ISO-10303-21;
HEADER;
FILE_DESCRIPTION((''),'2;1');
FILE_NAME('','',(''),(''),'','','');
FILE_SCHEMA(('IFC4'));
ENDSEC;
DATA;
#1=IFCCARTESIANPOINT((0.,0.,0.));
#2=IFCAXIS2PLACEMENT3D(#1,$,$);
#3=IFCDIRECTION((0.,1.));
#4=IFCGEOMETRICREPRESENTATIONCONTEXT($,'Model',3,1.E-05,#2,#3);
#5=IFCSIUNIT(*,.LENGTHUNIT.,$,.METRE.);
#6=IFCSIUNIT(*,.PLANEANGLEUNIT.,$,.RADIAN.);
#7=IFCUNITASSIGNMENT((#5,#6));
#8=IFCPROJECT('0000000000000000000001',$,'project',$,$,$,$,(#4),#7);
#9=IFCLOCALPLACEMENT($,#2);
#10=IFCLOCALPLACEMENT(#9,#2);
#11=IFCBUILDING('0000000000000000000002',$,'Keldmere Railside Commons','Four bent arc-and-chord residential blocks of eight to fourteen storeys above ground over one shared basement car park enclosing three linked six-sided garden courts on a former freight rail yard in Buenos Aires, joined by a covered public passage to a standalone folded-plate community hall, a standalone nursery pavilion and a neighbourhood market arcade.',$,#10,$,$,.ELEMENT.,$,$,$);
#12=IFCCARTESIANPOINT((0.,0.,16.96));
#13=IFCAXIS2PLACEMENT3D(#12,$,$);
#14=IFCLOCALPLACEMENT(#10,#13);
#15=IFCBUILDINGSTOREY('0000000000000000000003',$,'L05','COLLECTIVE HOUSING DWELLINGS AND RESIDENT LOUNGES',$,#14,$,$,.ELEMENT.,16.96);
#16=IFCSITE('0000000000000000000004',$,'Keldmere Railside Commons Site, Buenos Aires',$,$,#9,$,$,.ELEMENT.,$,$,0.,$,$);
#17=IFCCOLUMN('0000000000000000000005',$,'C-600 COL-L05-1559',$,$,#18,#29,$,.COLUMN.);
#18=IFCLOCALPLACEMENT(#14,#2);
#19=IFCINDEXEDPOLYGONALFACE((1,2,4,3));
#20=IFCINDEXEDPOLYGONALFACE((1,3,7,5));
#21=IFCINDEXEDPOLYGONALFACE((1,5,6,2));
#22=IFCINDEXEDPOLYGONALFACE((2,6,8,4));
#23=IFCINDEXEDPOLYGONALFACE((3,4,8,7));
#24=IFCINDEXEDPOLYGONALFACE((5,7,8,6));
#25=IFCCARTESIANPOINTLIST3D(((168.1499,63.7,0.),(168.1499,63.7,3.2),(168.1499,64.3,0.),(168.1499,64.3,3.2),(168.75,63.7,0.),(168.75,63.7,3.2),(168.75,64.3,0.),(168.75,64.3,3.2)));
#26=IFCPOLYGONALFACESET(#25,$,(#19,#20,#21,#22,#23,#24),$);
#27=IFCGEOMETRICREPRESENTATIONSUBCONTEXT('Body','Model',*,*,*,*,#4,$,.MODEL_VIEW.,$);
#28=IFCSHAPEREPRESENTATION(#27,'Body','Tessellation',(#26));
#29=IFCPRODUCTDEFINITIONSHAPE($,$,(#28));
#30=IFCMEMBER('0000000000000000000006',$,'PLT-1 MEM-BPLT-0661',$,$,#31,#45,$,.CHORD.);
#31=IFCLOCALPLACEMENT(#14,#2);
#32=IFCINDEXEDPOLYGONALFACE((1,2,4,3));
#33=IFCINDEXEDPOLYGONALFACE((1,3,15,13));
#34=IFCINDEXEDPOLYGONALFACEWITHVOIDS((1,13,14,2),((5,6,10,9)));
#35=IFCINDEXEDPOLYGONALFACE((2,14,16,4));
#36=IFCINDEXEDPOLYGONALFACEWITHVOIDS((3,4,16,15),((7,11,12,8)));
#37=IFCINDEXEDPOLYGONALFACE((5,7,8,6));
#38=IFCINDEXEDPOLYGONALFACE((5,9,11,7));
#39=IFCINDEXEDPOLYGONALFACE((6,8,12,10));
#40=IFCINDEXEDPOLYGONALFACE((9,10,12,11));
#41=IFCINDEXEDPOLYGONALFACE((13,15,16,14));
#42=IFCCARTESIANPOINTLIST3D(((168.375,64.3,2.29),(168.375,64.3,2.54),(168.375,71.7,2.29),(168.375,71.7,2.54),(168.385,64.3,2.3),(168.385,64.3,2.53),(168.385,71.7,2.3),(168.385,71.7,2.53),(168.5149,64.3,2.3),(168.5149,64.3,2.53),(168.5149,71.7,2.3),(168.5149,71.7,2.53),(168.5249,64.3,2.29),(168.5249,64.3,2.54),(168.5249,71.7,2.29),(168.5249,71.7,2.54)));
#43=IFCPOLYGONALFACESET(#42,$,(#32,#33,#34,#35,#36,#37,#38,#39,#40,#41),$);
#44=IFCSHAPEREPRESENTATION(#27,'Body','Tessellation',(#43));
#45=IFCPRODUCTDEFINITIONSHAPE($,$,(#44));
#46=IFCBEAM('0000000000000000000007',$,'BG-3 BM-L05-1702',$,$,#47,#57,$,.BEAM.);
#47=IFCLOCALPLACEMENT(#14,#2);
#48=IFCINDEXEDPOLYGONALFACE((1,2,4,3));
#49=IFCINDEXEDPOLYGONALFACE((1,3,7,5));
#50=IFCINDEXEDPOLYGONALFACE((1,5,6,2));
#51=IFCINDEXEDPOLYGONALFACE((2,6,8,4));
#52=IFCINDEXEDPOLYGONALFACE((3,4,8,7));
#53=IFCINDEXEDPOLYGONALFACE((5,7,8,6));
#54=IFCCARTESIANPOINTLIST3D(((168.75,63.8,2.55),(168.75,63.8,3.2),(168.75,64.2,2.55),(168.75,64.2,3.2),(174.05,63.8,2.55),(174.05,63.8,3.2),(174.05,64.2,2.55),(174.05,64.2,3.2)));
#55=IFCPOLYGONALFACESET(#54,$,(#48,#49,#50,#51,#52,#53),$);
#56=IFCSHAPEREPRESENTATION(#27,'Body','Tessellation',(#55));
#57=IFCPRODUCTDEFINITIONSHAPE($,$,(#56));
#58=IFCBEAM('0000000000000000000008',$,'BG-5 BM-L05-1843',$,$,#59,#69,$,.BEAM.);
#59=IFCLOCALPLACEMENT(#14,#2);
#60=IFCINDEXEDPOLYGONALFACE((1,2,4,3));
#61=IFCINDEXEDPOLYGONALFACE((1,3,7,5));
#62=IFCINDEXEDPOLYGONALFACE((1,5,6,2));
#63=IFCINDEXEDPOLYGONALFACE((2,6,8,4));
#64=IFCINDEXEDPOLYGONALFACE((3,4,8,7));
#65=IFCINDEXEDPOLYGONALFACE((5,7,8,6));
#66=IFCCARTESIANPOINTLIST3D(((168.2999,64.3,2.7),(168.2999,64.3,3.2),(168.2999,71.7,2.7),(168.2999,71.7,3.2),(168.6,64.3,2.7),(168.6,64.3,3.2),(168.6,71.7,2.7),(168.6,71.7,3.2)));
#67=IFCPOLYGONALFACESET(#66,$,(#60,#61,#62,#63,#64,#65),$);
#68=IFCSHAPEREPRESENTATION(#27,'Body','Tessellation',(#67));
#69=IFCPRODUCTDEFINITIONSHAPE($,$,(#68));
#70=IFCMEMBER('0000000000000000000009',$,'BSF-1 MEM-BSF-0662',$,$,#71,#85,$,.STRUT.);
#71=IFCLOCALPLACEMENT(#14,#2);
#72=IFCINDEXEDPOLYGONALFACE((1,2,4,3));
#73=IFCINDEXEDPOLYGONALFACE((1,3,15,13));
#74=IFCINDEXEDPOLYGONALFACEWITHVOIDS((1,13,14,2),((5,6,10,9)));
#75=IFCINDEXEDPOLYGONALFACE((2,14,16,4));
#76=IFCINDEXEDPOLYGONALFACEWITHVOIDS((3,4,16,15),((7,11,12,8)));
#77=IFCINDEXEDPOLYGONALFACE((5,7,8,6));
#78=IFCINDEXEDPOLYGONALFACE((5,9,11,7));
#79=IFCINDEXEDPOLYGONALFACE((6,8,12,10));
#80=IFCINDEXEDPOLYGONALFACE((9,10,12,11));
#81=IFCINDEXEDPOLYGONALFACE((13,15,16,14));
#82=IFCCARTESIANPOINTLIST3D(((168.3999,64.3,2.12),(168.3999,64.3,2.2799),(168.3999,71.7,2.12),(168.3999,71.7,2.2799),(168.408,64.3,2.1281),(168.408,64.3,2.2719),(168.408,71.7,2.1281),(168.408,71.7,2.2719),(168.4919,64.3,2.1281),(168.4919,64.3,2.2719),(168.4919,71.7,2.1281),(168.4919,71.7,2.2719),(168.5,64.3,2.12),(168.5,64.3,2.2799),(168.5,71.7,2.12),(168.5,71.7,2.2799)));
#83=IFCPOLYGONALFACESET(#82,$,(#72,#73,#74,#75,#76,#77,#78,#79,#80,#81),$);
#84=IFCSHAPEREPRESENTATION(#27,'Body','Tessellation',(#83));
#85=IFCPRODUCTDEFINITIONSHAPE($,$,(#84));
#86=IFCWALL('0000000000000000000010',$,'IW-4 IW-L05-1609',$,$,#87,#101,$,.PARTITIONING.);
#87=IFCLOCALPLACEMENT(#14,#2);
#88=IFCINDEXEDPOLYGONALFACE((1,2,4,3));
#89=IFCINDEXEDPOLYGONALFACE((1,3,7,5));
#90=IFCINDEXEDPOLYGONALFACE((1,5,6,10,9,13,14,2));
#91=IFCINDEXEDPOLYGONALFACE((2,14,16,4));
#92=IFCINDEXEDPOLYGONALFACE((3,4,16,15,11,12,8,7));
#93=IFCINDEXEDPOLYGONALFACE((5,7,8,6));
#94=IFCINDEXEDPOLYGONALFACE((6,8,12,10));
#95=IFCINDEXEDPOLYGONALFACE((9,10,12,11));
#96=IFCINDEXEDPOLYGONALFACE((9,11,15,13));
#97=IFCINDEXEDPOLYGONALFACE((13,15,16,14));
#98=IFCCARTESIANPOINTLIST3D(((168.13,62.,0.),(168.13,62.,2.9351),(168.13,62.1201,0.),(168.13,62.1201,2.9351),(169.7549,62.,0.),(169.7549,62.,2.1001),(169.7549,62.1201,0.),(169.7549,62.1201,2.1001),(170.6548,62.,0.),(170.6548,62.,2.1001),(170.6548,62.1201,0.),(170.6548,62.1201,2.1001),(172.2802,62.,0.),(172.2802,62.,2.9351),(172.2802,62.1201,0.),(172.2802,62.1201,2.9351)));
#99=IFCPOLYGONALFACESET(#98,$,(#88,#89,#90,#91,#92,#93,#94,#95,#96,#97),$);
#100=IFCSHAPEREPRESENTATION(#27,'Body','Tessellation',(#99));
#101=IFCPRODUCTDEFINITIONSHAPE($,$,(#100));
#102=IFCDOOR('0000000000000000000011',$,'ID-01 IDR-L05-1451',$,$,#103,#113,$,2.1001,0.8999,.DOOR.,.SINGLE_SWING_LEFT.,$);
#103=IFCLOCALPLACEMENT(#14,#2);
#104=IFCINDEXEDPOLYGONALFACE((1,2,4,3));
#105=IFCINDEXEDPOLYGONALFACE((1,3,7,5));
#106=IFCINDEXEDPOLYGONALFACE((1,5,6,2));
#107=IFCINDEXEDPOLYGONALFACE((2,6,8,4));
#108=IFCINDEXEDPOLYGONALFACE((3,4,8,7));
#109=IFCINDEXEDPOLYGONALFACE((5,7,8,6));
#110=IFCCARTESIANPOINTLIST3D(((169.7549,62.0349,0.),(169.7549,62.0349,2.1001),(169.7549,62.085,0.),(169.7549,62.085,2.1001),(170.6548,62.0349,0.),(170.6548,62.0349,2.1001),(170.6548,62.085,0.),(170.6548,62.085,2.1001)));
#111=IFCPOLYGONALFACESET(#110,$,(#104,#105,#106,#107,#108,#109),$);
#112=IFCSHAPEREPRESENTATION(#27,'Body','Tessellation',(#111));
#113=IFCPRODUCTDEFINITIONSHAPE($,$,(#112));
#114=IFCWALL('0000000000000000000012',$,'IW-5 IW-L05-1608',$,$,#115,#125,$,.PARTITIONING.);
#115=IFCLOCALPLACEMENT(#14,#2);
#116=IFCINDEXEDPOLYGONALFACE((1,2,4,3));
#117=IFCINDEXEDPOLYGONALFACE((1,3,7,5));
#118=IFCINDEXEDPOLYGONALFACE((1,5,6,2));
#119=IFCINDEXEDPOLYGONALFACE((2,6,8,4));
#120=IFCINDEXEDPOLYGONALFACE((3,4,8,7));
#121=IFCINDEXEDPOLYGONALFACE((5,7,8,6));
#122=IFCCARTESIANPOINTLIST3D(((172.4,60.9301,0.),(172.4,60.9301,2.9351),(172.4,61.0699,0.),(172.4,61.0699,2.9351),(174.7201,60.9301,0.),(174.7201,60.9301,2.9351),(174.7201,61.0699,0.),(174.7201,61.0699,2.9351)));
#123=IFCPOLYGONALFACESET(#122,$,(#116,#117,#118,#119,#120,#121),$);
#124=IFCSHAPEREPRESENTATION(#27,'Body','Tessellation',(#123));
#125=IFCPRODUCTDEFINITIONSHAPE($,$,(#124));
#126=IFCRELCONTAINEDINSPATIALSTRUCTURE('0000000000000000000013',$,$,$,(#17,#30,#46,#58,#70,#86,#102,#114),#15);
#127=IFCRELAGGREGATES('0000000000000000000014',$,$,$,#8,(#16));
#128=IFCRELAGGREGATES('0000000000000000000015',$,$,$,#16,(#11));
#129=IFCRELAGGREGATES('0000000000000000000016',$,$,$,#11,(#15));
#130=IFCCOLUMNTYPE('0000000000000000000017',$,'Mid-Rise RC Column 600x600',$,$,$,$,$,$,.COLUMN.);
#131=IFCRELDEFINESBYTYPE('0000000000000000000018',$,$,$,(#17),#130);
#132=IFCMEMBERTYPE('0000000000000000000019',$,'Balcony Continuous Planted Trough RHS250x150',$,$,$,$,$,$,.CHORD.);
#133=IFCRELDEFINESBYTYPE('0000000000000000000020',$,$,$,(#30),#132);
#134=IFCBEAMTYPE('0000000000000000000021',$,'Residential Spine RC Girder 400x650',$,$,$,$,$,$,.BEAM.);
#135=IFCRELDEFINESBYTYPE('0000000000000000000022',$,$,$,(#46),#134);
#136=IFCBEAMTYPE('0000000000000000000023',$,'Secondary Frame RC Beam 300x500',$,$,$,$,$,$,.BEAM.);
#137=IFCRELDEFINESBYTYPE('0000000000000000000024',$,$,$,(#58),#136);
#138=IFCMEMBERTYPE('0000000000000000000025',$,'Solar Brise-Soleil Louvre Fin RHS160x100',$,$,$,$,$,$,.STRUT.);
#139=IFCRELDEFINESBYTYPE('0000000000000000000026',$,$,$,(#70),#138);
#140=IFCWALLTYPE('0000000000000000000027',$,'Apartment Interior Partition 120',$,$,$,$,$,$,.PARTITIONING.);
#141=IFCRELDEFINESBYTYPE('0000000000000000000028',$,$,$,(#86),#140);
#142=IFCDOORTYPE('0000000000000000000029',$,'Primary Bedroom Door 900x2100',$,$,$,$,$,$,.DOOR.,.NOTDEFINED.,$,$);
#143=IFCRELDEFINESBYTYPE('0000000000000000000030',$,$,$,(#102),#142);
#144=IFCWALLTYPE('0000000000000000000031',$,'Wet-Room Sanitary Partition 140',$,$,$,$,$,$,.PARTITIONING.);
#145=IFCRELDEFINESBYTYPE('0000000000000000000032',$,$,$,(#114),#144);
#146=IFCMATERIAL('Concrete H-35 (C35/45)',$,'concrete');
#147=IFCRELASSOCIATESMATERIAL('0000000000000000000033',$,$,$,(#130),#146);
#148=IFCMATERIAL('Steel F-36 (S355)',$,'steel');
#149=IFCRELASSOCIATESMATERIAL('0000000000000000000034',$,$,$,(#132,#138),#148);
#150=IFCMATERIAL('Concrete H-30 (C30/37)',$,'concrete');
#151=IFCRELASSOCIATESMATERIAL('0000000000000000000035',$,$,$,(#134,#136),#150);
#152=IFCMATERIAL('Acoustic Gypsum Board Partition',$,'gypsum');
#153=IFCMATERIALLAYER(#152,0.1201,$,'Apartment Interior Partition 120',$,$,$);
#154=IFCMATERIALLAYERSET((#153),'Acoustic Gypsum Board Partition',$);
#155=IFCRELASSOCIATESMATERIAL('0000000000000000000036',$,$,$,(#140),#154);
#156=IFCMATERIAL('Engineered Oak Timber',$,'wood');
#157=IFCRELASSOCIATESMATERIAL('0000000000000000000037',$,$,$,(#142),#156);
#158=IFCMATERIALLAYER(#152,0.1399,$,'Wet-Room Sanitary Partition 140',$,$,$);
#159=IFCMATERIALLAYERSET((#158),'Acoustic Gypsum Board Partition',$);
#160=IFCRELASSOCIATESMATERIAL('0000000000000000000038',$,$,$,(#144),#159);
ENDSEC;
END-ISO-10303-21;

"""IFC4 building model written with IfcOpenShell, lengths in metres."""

from ifc_helpers import new_model, si_unit, direction, frame, frame_2d, origin, origin_2d, place, context, subcontext, project, spatial, rectangle, hollow_rectangle, extrude, material, layer, layer_set, material_profile, profile_set, type_object, element, fill, save


model = new_model("IFC4")

# Units and contexts
model_context = context("Model", 3, precision=1e-05, world=origin(), true_north=direction((0.0, 1.0)))
body_context = subcontext(model_context, "Body", "Model", "MODEL_VIEW")
ifc_project = project(units=[si_unit("LENGTHUNIT", "METRE"), si_unit("PLANEANGLEUNIT", "RADIAN")], contexts=[model_context])

# Site, building, storey
site_placement = place(None, origin())
site = spatial("IfcSite", under=ifc_project, at=site_placement, Name="Keldmere Railside Commons Site, Buenos Aires", CompositionType="ELEMENT", RefElevation=0.0)
building_placement = place(site_placement, origin())
building = spatial("IfcBuilding", under=site, at=building_placement, Name="Keldmere Railside Commons", Description="Four bent arc-and-chord residential blocks of eight to fourteen storeys above ground over one shared basement car park enclosing three linked six-sided garden courts on a former freight rail yard in Buenos Aires, joined by a covered public passage to a standalone folded-plate community hall, a standalone nursery pavilion and a neighbourhood market arcade.", CompositionType="ELEMENT")
storey_placement = place(building_placement, frame((0.0, 0.0, 16.96)))
storey = spatial("IfcBuildingStorey", under=building, at=storey_placement, Name="L05", Description="COLLECTIVE HOUSING DWELLINGS AND RESIDENT LOUNGES", CompositionType="ELEMENT", Elevation=16.96)

# Column
ifc_material_1 = material(Name="Concrete H-35 (C35/45)", Category="concrete")
ifc_material_profile_1 = material_profile(ifc_material_1, rectangle(XDim=0.6001, YDim=0.6001, at=origin_2d()), Name="RC-600x600")
ifc_profile_set_1 = profile_set([ifc_material_profile_1], Name="Concrete H-35 (C35/45)")
column_type = type_object("IfcColumnType", Name="Mid-Rise RC Column 600x600", PredefinedType="COLUMN", material=ifc_profile_set_1)
column_placement = place(storey_placement, frame((168.45, 64.0, 0.0), z_axis=(0.0, 0.0, 1.0), x_axis=(1.0, 0.0, 0.0)))
element("IfcColumn", 1, at=column_placement, inside=storey, type_object=column_type, Name="C-600 COL-L05-1559", PredefinedType="COLUMN", context=body_context, shape_type="SweptSolid", body=[
    extrude(rectangle(XDim=0.6001, YDim=0.6001, at=origin_2d()), origin(), (0.0, 0.0, 1.0), 3.2),
])

# Member
ifc_material_2 = material(Name="Steel F-36 (S355)", Category="steel")
ifc_material_profile_2 = material_profile(ifc_material_2, hollow_rectangle(XDim=0.1499, YDim=0.25, WallThickness=0.01, at=origin_2d()), Name="RHS-250x150x10")
ifc_profile_set_2 = profile_set([ifc_material_profile_2], Name="Steel F-36 (S355)")
member_type_1 = type_object("IfcMemberType", Name="Balcony Continuous Planted Trough RHS250x150", PredefinedType="CHORD", material=ifc_profile_set_2)
member_1_placement = place(storey_placement, frame((168.45, 64.3, 2.415), z_axis=(0.0, 1.0, 0.0), x_axis=(-1.0, 0.0, 0.0)))
element("IfcMember", 2, at=member_1_placement, inside=storey, type_object=member_type_1, Name="PLT-1 MEM-BPLT-0661", PredefinedType="CHORD", context=body_context, shape_type="SweptSolid", body=[
    extrude(hollow_rectangle(XDim=0.1499, YDim=0.25, WallThickness=0.01, at=origin_2d()), origin(), (0.0, 0.0, 1.0), 7.3999),
])

# Beams
ifc_material_3 = material(Name="Concrete H-30 (C30/37)", Category="concrete")
ifc_material_profile_3 = material_profile(ifc_material_3, rectangle(XDim=0.3999, YDim=0.6499, at=origin_2d()), Name="RC-400x650")
ifc_profile_set_3 = profile_set([ifc_material_profile_3], Name="Concrete H-30 (C30/37)")
beam_type_1 = type_object("IfcBeamType", Name="Residential Spine RC Girder 400x650", PredefinedType="BEAM", material=ifc_profile_set_3)
beam_1_placement = place(storey_placement, frame((168.75, 64.0, 2.875), z_axis=(1.0, 0.0, 0.0), x_axis=(0.0, 1.0, 0.0)))
element("IfcBeam", 3, at=beam_1_placement, inside=storey, type_object=beam_type_1, Name="BG-3 BM-L05-1702", PredefinedType="BEAM", context=body_context, shape_type="SweptSolid", body=[
    extrude(rectangle(XDim=0.3999, YDim=0.6499, at=origin_2d()), origin(), (0.0, 0.0, 1.0), 5.3),
])
ifc_material_profile_4 = material_profile(ifc_material_3, rectangle(XDim=0.3, YDim=0.5, at=origin_2d()), Name="RC-300x500")
ifc_profile_set_4 = profile_set([ifc_material_profile_4], Name="Concrete H-30 (C30/37)")
beam_type_2 = type_object("IfcBeamType", Name="Secondary Frame RC Beam 300x500", PredefinedType="BEAM", material=ifc_profile_set_4)
beam_2_placement = place(storey_placement, frame((168.45, 64.3, 2.95), z_axis=(0.0, 1.0, 0.0), x_axis=(-1.0, 0.0, 0.0)))
element("IfcBeam", 4, at=beam_2_placement, inside=storey, type_object=beam_type_2, Name="BG-5 BM-L05-1843", PredefinedType="BEAM", context=body_context, shape_type="SweptSolid", body=[
    extrude(rectangle(XDim=0.3, YDim=0.5, at=origin_2d()), origin(), (0.0, 0.0, 1.0), 7.3999),
])

# Member
ifc_material_profile_5 = material_profile(ifc_material_2, hollow_rectangle(XDim=0.1001, YDim=0.1599, WallThickness=0.0081, at=origin_2d()), Name="RHS-160x100x8")
ifc_profile_set_5 = profile_set([ifc_material_profile_5], Name="Steel F-36 (S355)")
member_type_2 = type_object("IfcMemberType", Name="Solar Brise-Soleil Louvre Fin RHS160x100", PredefinedType="STRUT", material=ifc_profile_set_5)
member_2_placement = place(storey_placement, frame((168.45, 64.3, 2.2), z_axis=(0.0, 1.0, 0.0), x_axis=(-1.0, 0.0, 0.0)))
element("IfcMember", 5, at=member_2_placement, inside=storey, type_object=member_type_2, Name="BSF-1 MEM-BSF-0662", PredefinedType="STRUT", context=body_context, shape_type="SweptSolid", body=[
    extrude(hollow_rectangle(XDim=0.1001, YDim=0.1599, WallThickness=0.0081, at=origin_2d()), origin(), (0.0, 0.0, 1.0), 7.3999),
])

# Wall, opening, door
ifc_material_4 = material(Name="Acoustic Gypsum Board Partition", Category="gypsum")
ifc_layer_1 = layer(ifc_material_4, 0.1201, Name="Apartment Interior Partition 120")
ifc_layer_set_1 = layer_set([ifc_layer_1], Name="Acoustic Gypsum Board Partition")
wall_type_1 = type_object("IfcWallType", Name="Apartment Interior Partition 120", PredefinedType="PARTITIONING", material=ifc_layer_set_1)
wall_1_placement = place(storey_placement, frame((168.1299, 62.0601, 0.0), z_axis=(0.0, 0.0, 1.0), x_axis=(1.0, 0.0, 0.0)))
wall_1 = element("IfcWall", 6, at=wall_1_placement, inside=storey, type_object=wall_type_1, Name="IW-4 IW-L05-1609", PredefinedType="PARTITIONING", context=body_context, shape_type="SweptSolid", body=[
    extrude(rectangle(XDim=4.1501, YDim=0.1201, at=frame_2d((2.0752, 0.0))), origin(), (0.0, 0.0, 1.0), 2.9351),
])
opening_placement = place(wall_1_placement, frame((1.625, 0.0, 0.0)))
opening = element("IfcOpeningElement", 7, at=opening_placement, cuts=wall_1, PredefinedType="OPENING", context=body_context, shape_type="SweptSolid", body=[
    extrude(rectangle(XDim=0.8999, YDim=2.1001, at=frame_2d((0.45, 1.05))), frame((0.0, 0.0701, 0.0), z_axis=(0.0, -1.0, 0.0), x_axis=(1.0, 0.0, 0.0)), (0.0, 0.0, 1.0), 0.1401),
])
ifc_material_5 = material(Name="Engineered Oak Timber", Category="wood")
door_type = type_object("IfcDoorType", Name="Primary Bedroom Door 900x2100", OperationType="NOTDEFINED", PredefinedType="DOOR", material=ifc_material_5)
door_placement = place(opening_placement, origin())
door = element("IfcDoor", 8, at=door_placement, inside=storey, type_object=door_type, Name="ID-01 IDR-L05-1451", OperationType="SINGLE_SWING_LEFT", OverallHeight=2.1001, OverallWidth=0.8999, PredefinedType="DOOR", context=body_context, shape_type="SweptSolid", body=[
    extrude(rectangle(XDim=0.8999, YDim=2.1001, at=frame_2d((0.45, 1.05))), frame((0.0, 0.0249, 0.0), z_axis=(0.0, -1.0, 0.0), x_axis=(1.0, 0.0, 0.0)), (0.0, 0.0, 1.0), 0.05),
])
fill(opening, door)

# Wall
ifc_layer_2 = layer(ifc_material_4, 0.1399, Name="Wet-Room Sanitary Partition 140")
ifc_layer_set_2 = layer_set([ifc_layer_2], Name="Acoustic Gypsum Board Partition")
wall_type_2 = type_object("IfcWallType", Name="Wet-Room Sanitary Partition 140", PredefinedType="PARTITIONING", material=ifc_layer_set_2)
wall_2_placement = place(storey_placement, frame((172.3999, 61.0, 0.0), z_axis=(0.0, 0.0, 1.0), x_axis=(1.0, 0.0, 0.0)))
element("IfcWall", 9, at=wall_2_placement, inside=storey, type_object=wall_type_2, Name="IW-5 IW-L05-1608", PredefinedType="PARTITIONING", context=body_context, shape_type="SweptSolid", body=[
    extrude(rectangle(XDim=2.3201, YDim=0.1399, at=frame_2d((1.1602, 0.0))), origin(), (0.0, 0.0, 1.0), 2.9351),
])

save(model, "model.ifc")
